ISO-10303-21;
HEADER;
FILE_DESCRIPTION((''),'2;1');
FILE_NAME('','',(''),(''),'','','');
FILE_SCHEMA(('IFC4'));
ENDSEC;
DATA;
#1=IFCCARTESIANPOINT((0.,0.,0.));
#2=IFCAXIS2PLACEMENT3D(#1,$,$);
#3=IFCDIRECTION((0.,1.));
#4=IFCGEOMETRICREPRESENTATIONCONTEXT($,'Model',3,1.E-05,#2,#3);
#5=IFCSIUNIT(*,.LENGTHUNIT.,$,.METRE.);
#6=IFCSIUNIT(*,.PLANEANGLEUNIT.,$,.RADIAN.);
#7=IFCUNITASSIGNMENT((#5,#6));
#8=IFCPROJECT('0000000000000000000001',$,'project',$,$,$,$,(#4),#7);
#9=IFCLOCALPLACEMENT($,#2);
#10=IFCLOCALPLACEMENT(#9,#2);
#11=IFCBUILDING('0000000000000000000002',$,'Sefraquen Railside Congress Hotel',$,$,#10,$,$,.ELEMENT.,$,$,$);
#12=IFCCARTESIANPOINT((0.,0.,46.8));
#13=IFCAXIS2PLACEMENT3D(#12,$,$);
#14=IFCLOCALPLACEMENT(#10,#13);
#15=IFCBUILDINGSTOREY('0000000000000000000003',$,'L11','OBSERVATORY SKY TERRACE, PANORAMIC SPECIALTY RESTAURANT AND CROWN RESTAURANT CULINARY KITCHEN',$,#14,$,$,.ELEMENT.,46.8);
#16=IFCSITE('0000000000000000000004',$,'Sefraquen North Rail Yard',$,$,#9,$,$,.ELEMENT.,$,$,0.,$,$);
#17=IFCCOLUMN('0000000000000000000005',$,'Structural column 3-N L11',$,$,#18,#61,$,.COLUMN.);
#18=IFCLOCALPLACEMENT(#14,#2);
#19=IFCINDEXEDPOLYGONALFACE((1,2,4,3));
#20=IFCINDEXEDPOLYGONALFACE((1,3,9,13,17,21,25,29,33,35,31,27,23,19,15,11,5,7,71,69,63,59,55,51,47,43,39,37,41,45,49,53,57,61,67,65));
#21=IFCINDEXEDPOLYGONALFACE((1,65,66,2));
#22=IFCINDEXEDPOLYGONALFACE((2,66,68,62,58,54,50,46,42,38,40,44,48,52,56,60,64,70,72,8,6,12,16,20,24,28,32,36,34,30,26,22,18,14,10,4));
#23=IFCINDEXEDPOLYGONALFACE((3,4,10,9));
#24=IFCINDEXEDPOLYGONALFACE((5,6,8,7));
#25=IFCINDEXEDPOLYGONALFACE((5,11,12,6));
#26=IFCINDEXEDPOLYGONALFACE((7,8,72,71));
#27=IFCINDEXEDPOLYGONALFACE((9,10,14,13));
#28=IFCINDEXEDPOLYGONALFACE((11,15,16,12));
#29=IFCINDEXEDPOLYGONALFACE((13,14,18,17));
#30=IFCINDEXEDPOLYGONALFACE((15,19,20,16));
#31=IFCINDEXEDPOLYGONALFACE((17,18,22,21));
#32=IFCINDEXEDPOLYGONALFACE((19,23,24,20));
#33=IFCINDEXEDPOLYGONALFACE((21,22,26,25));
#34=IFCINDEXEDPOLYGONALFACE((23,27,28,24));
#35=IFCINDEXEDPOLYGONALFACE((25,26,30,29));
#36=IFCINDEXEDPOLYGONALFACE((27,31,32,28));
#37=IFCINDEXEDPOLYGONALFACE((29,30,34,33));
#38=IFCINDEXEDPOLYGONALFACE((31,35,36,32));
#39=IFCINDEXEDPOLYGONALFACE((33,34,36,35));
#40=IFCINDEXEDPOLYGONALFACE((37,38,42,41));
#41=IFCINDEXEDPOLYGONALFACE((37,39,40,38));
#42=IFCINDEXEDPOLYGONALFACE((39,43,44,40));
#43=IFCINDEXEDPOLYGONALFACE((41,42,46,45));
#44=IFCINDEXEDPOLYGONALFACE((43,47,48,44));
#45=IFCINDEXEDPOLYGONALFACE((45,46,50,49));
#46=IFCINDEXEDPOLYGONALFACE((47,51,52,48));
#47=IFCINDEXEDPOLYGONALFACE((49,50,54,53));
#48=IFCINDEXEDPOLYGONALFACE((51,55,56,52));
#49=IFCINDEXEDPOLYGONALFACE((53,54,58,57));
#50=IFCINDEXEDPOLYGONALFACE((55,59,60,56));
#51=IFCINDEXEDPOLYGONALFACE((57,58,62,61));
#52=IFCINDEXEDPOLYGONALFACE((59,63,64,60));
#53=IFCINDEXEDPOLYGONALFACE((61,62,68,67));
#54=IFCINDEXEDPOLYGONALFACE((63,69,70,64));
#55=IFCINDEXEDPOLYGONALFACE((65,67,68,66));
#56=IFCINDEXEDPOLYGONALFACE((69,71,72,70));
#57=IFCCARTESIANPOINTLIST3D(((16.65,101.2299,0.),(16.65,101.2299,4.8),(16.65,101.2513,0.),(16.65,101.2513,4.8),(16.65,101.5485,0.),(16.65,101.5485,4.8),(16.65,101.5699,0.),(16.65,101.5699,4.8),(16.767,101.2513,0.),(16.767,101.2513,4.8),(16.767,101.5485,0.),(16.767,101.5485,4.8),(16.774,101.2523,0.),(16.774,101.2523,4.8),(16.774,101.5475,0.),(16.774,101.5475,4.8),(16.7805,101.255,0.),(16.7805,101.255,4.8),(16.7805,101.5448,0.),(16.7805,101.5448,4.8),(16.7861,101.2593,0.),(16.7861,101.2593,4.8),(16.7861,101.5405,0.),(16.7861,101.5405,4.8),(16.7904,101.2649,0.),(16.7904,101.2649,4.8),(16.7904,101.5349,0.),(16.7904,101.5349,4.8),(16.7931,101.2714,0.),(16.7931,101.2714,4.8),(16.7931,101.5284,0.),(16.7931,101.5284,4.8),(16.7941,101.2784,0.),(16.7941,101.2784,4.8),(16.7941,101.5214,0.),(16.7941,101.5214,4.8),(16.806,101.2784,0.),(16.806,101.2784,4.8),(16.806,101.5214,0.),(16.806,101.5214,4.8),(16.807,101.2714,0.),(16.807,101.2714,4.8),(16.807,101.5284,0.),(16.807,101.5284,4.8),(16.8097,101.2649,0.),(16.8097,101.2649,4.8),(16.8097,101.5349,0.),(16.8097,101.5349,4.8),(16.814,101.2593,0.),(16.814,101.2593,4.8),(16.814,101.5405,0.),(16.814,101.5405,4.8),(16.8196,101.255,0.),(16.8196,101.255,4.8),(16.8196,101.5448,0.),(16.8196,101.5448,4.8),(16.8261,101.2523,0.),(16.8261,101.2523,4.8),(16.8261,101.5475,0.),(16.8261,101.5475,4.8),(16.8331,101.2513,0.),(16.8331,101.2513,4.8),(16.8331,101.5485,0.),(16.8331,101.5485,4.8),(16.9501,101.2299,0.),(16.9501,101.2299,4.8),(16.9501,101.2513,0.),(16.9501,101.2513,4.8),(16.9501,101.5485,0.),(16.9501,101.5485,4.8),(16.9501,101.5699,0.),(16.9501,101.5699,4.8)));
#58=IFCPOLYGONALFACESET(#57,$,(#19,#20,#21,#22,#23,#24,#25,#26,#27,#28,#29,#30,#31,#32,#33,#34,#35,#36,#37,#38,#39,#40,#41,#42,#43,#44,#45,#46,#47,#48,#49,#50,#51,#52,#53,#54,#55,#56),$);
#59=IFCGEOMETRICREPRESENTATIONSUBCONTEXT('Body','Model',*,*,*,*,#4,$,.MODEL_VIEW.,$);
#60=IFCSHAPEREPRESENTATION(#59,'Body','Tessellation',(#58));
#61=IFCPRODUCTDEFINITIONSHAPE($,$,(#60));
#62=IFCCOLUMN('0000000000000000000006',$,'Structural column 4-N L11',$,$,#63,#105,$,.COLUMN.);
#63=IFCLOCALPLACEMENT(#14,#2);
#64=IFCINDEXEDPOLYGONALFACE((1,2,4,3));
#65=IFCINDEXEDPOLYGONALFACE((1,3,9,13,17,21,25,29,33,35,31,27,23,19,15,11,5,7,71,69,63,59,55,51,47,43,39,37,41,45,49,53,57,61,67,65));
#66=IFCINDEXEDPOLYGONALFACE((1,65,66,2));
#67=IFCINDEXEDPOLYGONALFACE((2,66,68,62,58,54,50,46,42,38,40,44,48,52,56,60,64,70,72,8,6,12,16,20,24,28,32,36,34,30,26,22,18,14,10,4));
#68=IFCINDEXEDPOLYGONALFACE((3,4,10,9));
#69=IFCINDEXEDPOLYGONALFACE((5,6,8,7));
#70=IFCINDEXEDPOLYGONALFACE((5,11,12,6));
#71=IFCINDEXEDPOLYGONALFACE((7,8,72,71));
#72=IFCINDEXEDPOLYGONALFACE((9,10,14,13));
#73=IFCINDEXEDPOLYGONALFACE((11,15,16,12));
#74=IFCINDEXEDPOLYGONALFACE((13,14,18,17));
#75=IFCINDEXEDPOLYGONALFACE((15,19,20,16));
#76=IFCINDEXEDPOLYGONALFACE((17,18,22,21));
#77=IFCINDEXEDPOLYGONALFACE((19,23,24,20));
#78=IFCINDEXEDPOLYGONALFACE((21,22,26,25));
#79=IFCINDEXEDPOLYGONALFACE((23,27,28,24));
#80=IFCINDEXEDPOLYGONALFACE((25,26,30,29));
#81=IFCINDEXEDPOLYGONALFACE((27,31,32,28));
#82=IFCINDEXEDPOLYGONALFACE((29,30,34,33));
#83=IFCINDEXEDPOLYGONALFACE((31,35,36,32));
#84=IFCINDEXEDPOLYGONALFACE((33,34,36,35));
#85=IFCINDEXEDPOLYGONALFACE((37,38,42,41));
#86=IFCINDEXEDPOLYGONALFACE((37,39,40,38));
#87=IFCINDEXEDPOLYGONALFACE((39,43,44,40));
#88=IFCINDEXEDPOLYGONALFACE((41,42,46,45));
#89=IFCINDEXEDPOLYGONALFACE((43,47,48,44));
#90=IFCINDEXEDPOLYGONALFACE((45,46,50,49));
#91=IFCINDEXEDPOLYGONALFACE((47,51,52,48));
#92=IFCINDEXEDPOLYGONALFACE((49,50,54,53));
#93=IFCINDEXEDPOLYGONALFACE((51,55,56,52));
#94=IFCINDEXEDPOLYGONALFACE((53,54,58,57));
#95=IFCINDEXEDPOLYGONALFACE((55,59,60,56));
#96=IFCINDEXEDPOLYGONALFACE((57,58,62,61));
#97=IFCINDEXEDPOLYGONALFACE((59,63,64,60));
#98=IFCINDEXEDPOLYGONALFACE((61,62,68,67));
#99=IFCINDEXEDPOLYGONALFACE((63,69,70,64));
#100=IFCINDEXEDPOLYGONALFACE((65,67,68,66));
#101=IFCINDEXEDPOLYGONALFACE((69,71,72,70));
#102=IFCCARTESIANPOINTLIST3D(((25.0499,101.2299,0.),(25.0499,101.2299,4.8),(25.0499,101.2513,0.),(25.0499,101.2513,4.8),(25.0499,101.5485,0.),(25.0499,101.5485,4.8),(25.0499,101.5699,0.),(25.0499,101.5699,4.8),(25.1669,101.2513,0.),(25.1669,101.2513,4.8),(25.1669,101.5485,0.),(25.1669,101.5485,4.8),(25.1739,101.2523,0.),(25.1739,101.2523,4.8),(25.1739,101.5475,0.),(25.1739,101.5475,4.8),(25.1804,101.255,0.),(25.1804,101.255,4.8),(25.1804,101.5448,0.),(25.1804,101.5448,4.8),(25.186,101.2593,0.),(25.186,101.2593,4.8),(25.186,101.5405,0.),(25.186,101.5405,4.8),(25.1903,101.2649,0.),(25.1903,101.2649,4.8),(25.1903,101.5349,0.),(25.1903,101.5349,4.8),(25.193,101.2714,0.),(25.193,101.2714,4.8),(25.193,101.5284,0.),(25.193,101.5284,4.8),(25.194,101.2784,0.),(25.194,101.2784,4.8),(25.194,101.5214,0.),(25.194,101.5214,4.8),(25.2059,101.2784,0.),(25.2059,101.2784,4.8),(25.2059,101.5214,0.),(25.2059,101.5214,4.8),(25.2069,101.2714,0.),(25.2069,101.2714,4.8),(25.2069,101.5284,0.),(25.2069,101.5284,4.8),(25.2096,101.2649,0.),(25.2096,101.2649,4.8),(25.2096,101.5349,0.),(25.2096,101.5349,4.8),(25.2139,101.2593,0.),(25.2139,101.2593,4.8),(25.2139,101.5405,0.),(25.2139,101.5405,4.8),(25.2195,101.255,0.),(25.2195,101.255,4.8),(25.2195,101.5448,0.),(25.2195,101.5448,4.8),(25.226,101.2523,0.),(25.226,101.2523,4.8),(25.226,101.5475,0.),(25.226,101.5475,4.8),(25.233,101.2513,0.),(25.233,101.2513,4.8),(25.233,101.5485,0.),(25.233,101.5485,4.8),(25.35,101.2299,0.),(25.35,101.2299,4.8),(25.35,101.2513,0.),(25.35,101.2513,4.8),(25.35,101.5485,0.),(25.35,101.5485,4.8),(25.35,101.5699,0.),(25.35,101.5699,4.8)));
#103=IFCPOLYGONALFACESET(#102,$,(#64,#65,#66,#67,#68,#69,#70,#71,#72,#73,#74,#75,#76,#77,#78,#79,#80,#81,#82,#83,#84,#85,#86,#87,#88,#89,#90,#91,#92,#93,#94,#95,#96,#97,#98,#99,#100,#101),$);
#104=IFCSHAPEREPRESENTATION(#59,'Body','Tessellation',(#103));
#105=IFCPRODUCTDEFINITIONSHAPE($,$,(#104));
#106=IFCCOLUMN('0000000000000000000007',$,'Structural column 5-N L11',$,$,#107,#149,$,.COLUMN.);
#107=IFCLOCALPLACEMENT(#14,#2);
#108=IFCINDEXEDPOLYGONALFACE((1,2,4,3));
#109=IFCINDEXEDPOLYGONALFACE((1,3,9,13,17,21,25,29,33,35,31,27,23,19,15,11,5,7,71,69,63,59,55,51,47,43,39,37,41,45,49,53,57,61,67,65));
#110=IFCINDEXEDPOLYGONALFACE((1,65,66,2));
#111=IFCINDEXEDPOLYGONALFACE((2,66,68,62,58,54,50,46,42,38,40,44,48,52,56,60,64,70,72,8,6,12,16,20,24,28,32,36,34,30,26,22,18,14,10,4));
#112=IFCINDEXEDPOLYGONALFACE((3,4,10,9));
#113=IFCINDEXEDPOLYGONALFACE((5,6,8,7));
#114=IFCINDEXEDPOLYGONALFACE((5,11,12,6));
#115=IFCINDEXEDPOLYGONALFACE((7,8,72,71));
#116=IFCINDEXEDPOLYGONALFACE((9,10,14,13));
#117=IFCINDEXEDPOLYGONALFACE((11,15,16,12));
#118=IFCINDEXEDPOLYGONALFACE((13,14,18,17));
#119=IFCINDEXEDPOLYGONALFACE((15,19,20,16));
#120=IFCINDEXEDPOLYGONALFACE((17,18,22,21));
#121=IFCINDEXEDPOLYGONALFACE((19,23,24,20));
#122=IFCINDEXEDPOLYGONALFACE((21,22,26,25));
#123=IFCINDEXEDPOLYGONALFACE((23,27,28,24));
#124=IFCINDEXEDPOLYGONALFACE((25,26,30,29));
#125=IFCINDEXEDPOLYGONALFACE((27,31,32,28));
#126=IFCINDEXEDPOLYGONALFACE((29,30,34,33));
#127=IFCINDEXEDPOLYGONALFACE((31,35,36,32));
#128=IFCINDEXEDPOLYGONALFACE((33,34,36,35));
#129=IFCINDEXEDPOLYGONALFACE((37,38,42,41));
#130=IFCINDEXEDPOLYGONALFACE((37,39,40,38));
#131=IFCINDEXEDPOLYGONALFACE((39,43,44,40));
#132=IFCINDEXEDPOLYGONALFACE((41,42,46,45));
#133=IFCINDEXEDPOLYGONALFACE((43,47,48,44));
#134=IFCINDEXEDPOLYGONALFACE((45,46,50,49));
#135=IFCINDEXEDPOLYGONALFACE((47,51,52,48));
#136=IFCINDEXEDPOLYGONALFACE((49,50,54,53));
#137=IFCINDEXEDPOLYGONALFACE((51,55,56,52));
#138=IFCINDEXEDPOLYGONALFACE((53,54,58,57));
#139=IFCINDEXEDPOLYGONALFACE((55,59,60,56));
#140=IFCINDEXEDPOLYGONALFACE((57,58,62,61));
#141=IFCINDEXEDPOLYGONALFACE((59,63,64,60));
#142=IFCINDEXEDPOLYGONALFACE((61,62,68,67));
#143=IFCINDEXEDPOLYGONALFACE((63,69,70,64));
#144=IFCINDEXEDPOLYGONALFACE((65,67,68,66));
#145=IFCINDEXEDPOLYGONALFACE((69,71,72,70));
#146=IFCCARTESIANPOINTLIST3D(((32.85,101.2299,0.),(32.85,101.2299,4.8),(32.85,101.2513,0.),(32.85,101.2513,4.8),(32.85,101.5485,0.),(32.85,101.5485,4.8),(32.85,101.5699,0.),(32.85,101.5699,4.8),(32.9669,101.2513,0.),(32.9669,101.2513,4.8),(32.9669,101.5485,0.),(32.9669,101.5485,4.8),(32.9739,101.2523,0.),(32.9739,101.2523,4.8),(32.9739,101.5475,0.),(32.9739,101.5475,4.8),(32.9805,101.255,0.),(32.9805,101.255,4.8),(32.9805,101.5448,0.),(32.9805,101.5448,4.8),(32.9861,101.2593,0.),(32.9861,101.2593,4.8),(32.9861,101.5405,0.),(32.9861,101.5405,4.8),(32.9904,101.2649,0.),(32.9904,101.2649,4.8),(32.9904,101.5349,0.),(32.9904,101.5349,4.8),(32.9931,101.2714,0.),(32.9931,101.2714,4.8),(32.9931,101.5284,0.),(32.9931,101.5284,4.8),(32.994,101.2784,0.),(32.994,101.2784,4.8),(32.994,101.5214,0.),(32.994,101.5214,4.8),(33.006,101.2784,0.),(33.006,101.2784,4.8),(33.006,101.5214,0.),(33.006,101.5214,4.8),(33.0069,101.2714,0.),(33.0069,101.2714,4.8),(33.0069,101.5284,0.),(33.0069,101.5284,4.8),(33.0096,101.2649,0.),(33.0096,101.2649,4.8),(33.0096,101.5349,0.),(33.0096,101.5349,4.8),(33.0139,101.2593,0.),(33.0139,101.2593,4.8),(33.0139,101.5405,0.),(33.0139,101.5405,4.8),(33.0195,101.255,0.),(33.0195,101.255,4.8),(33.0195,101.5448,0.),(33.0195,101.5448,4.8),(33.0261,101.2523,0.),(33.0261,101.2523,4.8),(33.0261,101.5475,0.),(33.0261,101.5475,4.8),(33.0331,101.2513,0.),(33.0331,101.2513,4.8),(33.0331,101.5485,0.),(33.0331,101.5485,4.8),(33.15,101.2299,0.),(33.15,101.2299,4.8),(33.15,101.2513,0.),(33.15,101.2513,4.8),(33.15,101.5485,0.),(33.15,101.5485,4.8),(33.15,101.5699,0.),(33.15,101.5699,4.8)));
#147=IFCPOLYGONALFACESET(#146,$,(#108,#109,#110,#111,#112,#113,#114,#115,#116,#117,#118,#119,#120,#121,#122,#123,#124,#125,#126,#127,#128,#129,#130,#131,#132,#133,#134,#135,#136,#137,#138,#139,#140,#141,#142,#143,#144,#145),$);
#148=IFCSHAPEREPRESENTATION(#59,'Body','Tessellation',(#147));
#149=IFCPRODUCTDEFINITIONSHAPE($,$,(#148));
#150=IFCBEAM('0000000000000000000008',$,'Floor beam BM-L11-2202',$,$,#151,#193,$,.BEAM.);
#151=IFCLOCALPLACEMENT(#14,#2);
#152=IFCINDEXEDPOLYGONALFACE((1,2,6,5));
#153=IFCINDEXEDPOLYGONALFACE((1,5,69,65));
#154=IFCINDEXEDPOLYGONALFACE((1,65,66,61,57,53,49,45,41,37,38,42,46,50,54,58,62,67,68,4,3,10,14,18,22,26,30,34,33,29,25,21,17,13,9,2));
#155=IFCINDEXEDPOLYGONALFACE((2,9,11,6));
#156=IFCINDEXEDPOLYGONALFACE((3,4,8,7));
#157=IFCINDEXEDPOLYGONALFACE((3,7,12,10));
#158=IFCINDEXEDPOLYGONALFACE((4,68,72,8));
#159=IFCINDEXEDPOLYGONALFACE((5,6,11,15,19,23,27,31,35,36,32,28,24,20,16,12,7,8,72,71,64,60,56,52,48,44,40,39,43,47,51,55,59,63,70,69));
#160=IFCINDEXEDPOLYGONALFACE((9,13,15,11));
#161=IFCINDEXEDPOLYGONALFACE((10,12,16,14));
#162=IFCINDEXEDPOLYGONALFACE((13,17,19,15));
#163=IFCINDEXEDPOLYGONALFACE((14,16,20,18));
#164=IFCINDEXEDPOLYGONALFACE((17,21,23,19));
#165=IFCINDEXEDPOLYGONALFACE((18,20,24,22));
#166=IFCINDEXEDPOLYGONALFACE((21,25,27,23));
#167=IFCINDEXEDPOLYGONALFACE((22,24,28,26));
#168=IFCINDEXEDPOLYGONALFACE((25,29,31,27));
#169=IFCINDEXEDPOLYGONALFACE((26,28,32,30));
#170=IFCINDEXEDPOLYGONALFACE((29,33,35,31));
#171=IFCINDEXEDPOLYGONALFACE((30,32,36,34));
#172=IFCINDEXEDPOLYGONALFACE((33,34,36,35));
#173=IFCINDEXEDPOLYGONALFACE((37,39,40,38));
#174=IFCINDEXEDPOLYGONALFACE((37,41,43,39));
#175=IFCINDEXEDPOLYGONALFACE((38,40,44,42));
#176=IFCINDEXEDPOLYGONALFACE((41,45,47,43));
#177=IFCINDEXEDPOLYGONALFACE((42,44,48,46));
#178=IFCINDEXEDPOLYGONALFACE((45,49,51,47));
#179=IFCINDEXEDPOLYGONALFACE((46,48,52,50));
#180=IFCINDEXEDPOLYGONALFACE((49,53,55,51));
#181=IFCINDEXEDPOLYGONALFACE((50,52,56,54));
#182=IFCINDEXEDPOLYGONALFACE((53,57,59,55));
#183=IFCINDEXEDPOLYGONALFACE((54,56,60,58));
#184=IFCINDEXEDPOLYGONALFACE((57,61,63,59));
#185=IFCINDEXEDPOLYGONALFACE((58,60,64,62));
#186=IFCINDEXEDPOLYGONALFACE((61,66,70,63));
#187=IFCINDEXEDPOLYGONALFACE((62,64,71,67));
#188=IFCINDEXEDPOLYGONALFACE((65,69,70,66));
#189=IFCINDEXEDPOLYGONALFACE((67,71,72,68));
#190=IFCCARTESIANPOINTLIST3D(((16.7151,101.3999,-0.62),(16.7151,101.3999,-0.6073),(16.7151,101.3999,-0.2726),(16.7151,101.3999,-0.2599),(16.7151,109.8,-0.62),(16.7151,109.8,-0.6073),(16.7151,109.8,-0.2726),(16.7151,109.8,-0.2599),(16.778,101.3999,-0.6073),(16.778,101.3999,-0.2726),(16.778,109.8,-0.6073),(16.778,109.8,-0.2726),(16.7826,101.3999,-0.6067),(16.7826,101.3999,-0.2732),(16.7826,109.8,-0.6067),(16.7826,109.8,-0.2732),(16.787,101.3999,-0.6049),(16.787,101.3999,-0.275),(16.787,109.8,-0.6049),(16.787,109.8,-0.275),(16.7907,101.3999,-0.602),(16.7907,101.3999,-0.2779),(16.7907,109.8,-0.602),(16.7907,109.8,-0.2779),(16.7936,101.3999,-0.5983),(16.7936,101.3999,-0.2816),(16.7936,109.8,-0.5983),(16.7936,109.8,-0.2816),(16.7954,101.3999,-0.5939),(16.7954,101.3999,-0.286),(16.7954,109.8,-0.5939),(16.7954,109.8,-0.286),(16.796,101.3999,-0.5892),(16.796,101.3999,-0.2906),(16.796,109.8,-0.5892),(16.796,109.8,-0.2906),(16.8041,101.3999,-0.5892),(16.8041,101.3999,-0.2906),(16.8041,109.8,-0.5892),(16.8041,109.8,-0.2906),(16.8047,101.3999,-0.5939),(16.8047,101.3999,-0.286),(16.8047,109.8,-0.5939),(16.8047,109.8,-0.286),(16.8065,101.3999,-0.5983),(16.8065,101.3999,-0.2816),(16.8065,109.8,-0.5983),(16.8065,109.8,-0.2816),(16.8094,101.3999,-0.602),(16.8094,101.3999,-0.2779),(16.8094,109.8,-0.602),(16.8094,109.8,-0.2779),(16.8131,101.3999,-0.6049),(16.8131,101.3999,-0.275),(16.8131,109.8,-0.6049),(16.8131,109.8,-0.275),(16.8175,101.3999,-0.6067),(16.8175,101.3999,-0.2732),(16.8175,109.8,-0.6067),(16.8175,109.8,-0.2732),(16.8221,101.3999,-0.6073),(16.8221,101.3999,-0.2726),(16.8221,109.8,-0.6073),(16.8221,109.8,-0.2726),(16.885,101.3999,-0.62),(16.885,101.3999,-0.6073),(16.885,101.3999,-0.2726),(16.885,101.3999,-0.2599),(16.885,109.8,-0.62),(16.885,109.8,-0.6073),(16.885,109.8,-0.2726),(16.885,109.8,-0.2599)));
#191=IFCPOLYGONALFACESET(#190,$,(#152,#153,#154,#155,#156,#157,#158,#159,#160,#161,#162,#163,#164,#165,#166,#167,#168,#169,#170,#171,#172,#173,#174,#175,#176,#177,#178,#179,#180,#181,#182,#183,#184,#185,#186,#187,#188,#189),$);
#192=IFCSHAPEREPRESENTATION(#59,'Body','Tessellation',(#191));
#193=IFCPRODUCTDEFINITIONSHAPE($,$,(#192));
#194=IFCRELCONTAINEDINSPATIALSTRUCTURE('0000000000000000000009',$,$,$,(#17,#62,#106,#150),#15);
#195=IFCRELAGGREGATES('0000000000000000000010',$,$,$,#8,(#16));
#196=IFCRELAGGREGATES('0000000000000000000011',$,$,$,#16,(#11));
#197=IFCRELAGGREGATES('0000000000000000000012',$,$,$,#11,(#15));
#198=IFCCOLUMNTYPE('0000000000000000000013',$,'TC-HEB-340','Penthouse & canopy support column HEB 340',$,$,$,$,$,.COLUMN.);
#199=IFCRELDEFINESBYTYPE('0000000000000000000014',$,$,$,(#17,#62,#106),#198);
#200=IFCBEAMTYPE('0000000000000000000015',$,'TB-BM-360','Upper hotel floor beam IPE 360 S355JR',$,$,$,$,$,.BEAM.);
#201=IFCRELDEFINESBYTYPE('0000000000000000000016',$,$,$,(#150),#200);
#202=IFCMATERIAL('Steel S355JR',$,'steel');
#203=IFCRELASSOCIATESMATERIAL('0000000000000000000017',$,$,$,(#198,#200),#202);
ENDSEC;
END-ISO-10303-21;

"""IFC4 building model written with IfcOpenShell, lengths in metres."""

from ifc_helpers import new_model, si_unit, direction, frame, origin, origin_2d, place, context, subcontext, project, spatial, i_section, extrude, material, material_profile, profile_set, type_object, element, save


model = new_model("IFC4")

# Units and contexts
model_context = context("Model", 3, precision=1e-05, world=origin(), true_north=direction((0.0, 1.0)))
body_context = subcontext(model_context, "Body", "Model", "MODEL_VIEW")
ifc_project = project(units=[si_unit("LENGTHUNIT", "METRE"), si_unit("PLANEANGLEUNIT", "RADIAN")], contexts=[model_context])

# Site, building, storey
site_placement = place(None, origin())
site = spatial("IfcSite", under=ifc_project, at=site_placement, Name="Sefraquen North Rail Yard", CompositionType="ELEMENT", RefElevation=0.0)
building_placement = place(site_placement, origin())
building = spatial("IfcBuilding", under=site, at=building_placement, Name="Sefraquen Railside Congress Hotel", CompositionType="ELEMENT")
storey_placement = place(building_placement, frame((0.0, 0.0, 46.8)))
storey = spatial("IfcBuildingStorey", under=building, at=storey_placement, Name="L11", Description="OBSERVATORY SKY TERRACE, PANORAMIC SPECIALTY RESTAURANT AND CROWN RESTAURANT CULINARY KITCHEN", CompositionType="ELEMENT", Elevation=46.8)

# Columns
ifc_material_1 = material(Name="Steel S355JR", Category="steel")
ifc_material_profile_1 = material_profile(ifc_material_1, i_section(OverallWidth=0.3, OverallDepth=0.3401, WebThickness=0.012, FlangeThickness=0.0215, FilletRadius=0.0271, at=origin_2d()), Name="HEB 340")
ifc_profile_set_1 = profile_set([ifc_material_profile_1], Name="Steel S355JR")
column_type = type_object("IfcColumnType", Name="TC-HEB-340", Description="Penthouse & canopy support column HEB 340", PredefinedType="COLUMN", material=ifc_profile_set_1)
for number, where, z_axis, x_axis, name in (
    (1, (16.8, 101.3999, 0.0), (0.0, 0.0, 1.0), (1.0, 0.0, 0.0), "Structural column 3-N L11"),
    (2, (25.2, 101.3999, 0.0), (0.0, 0.0, 1.0), (1.0, 0.0, 0.0), "Structural column 4-N L11"),
    (3, (33.0, 101.3999, 0.0), (0.0, 0.0, 1.0), (1.0, 0.0, 0.0), "Structural column 5-N L11"),
):
    element("IfcColumn", number, at=place(storey_placement, frame(where, z_axis=z_axis, x_axis=x_axis)), inside=storey, type_object=column_type, Name=name, PredefinedType="COLUMN", context=body_context, shape_type="SweptSolid", body=[
        extrude(i_section(OverallWidth=0.3, OverallDepth=0.3401, WebThickness=0.012, FlangeThickness=0.0215, FilletRadius=0.0271, at=origin_2d()), origin(), (0.0, 0.0, 1.0), 4.8),
    ])

# Beam
ifc_material_profile_2 = material_profile(ifc_material_1, i_section(OverallWidth=0.1699, OverallDepth=0.3601, WebThickness=0.0081, FlangeThickness=0.0127, FilletRadius=0.0181, at=origin_2d()), Name="IPE 360")
ifc_profile_set_2 = profile_set([ifc_material_profile_2], Name="Steel S355JR")
beam_type_1 = type_object("IfcBeamType", Name="TB-BM-360", Description="Upper hotel floor beam IPE 360 S355JR", PredefinedType="BEAM", material=ifc_profile_set_2)
for number, where, z_axis, x_axis, name in (
    (4, (16.8, 101.3999, -0.4399), (0.0, 1.0, 0.0), (-1.0, 0.0, 0.0), "Floor beam BM-L11-2202"),
):
    element("IfcBeam", number, at=place(storey_placement, frame(where, z_axis=z_axis, x_axis=x_axis)), inside=storey, type_object=beam_type_1, Name=name, PredefinedType="BEAM", context=body_context, shape_type="SweptSolid", body=[
        extrude(i_section(OverallWidth=0.1699, OverallDepth=0.3601, WebThickness=0.0081, FlangeThickness=0.0127, FilletRadius=0.0181, at=origin_2d()), origin(), (0.0, 0.0, 1.0), 8.4001),
    ])

save(model, "model.ifc")
